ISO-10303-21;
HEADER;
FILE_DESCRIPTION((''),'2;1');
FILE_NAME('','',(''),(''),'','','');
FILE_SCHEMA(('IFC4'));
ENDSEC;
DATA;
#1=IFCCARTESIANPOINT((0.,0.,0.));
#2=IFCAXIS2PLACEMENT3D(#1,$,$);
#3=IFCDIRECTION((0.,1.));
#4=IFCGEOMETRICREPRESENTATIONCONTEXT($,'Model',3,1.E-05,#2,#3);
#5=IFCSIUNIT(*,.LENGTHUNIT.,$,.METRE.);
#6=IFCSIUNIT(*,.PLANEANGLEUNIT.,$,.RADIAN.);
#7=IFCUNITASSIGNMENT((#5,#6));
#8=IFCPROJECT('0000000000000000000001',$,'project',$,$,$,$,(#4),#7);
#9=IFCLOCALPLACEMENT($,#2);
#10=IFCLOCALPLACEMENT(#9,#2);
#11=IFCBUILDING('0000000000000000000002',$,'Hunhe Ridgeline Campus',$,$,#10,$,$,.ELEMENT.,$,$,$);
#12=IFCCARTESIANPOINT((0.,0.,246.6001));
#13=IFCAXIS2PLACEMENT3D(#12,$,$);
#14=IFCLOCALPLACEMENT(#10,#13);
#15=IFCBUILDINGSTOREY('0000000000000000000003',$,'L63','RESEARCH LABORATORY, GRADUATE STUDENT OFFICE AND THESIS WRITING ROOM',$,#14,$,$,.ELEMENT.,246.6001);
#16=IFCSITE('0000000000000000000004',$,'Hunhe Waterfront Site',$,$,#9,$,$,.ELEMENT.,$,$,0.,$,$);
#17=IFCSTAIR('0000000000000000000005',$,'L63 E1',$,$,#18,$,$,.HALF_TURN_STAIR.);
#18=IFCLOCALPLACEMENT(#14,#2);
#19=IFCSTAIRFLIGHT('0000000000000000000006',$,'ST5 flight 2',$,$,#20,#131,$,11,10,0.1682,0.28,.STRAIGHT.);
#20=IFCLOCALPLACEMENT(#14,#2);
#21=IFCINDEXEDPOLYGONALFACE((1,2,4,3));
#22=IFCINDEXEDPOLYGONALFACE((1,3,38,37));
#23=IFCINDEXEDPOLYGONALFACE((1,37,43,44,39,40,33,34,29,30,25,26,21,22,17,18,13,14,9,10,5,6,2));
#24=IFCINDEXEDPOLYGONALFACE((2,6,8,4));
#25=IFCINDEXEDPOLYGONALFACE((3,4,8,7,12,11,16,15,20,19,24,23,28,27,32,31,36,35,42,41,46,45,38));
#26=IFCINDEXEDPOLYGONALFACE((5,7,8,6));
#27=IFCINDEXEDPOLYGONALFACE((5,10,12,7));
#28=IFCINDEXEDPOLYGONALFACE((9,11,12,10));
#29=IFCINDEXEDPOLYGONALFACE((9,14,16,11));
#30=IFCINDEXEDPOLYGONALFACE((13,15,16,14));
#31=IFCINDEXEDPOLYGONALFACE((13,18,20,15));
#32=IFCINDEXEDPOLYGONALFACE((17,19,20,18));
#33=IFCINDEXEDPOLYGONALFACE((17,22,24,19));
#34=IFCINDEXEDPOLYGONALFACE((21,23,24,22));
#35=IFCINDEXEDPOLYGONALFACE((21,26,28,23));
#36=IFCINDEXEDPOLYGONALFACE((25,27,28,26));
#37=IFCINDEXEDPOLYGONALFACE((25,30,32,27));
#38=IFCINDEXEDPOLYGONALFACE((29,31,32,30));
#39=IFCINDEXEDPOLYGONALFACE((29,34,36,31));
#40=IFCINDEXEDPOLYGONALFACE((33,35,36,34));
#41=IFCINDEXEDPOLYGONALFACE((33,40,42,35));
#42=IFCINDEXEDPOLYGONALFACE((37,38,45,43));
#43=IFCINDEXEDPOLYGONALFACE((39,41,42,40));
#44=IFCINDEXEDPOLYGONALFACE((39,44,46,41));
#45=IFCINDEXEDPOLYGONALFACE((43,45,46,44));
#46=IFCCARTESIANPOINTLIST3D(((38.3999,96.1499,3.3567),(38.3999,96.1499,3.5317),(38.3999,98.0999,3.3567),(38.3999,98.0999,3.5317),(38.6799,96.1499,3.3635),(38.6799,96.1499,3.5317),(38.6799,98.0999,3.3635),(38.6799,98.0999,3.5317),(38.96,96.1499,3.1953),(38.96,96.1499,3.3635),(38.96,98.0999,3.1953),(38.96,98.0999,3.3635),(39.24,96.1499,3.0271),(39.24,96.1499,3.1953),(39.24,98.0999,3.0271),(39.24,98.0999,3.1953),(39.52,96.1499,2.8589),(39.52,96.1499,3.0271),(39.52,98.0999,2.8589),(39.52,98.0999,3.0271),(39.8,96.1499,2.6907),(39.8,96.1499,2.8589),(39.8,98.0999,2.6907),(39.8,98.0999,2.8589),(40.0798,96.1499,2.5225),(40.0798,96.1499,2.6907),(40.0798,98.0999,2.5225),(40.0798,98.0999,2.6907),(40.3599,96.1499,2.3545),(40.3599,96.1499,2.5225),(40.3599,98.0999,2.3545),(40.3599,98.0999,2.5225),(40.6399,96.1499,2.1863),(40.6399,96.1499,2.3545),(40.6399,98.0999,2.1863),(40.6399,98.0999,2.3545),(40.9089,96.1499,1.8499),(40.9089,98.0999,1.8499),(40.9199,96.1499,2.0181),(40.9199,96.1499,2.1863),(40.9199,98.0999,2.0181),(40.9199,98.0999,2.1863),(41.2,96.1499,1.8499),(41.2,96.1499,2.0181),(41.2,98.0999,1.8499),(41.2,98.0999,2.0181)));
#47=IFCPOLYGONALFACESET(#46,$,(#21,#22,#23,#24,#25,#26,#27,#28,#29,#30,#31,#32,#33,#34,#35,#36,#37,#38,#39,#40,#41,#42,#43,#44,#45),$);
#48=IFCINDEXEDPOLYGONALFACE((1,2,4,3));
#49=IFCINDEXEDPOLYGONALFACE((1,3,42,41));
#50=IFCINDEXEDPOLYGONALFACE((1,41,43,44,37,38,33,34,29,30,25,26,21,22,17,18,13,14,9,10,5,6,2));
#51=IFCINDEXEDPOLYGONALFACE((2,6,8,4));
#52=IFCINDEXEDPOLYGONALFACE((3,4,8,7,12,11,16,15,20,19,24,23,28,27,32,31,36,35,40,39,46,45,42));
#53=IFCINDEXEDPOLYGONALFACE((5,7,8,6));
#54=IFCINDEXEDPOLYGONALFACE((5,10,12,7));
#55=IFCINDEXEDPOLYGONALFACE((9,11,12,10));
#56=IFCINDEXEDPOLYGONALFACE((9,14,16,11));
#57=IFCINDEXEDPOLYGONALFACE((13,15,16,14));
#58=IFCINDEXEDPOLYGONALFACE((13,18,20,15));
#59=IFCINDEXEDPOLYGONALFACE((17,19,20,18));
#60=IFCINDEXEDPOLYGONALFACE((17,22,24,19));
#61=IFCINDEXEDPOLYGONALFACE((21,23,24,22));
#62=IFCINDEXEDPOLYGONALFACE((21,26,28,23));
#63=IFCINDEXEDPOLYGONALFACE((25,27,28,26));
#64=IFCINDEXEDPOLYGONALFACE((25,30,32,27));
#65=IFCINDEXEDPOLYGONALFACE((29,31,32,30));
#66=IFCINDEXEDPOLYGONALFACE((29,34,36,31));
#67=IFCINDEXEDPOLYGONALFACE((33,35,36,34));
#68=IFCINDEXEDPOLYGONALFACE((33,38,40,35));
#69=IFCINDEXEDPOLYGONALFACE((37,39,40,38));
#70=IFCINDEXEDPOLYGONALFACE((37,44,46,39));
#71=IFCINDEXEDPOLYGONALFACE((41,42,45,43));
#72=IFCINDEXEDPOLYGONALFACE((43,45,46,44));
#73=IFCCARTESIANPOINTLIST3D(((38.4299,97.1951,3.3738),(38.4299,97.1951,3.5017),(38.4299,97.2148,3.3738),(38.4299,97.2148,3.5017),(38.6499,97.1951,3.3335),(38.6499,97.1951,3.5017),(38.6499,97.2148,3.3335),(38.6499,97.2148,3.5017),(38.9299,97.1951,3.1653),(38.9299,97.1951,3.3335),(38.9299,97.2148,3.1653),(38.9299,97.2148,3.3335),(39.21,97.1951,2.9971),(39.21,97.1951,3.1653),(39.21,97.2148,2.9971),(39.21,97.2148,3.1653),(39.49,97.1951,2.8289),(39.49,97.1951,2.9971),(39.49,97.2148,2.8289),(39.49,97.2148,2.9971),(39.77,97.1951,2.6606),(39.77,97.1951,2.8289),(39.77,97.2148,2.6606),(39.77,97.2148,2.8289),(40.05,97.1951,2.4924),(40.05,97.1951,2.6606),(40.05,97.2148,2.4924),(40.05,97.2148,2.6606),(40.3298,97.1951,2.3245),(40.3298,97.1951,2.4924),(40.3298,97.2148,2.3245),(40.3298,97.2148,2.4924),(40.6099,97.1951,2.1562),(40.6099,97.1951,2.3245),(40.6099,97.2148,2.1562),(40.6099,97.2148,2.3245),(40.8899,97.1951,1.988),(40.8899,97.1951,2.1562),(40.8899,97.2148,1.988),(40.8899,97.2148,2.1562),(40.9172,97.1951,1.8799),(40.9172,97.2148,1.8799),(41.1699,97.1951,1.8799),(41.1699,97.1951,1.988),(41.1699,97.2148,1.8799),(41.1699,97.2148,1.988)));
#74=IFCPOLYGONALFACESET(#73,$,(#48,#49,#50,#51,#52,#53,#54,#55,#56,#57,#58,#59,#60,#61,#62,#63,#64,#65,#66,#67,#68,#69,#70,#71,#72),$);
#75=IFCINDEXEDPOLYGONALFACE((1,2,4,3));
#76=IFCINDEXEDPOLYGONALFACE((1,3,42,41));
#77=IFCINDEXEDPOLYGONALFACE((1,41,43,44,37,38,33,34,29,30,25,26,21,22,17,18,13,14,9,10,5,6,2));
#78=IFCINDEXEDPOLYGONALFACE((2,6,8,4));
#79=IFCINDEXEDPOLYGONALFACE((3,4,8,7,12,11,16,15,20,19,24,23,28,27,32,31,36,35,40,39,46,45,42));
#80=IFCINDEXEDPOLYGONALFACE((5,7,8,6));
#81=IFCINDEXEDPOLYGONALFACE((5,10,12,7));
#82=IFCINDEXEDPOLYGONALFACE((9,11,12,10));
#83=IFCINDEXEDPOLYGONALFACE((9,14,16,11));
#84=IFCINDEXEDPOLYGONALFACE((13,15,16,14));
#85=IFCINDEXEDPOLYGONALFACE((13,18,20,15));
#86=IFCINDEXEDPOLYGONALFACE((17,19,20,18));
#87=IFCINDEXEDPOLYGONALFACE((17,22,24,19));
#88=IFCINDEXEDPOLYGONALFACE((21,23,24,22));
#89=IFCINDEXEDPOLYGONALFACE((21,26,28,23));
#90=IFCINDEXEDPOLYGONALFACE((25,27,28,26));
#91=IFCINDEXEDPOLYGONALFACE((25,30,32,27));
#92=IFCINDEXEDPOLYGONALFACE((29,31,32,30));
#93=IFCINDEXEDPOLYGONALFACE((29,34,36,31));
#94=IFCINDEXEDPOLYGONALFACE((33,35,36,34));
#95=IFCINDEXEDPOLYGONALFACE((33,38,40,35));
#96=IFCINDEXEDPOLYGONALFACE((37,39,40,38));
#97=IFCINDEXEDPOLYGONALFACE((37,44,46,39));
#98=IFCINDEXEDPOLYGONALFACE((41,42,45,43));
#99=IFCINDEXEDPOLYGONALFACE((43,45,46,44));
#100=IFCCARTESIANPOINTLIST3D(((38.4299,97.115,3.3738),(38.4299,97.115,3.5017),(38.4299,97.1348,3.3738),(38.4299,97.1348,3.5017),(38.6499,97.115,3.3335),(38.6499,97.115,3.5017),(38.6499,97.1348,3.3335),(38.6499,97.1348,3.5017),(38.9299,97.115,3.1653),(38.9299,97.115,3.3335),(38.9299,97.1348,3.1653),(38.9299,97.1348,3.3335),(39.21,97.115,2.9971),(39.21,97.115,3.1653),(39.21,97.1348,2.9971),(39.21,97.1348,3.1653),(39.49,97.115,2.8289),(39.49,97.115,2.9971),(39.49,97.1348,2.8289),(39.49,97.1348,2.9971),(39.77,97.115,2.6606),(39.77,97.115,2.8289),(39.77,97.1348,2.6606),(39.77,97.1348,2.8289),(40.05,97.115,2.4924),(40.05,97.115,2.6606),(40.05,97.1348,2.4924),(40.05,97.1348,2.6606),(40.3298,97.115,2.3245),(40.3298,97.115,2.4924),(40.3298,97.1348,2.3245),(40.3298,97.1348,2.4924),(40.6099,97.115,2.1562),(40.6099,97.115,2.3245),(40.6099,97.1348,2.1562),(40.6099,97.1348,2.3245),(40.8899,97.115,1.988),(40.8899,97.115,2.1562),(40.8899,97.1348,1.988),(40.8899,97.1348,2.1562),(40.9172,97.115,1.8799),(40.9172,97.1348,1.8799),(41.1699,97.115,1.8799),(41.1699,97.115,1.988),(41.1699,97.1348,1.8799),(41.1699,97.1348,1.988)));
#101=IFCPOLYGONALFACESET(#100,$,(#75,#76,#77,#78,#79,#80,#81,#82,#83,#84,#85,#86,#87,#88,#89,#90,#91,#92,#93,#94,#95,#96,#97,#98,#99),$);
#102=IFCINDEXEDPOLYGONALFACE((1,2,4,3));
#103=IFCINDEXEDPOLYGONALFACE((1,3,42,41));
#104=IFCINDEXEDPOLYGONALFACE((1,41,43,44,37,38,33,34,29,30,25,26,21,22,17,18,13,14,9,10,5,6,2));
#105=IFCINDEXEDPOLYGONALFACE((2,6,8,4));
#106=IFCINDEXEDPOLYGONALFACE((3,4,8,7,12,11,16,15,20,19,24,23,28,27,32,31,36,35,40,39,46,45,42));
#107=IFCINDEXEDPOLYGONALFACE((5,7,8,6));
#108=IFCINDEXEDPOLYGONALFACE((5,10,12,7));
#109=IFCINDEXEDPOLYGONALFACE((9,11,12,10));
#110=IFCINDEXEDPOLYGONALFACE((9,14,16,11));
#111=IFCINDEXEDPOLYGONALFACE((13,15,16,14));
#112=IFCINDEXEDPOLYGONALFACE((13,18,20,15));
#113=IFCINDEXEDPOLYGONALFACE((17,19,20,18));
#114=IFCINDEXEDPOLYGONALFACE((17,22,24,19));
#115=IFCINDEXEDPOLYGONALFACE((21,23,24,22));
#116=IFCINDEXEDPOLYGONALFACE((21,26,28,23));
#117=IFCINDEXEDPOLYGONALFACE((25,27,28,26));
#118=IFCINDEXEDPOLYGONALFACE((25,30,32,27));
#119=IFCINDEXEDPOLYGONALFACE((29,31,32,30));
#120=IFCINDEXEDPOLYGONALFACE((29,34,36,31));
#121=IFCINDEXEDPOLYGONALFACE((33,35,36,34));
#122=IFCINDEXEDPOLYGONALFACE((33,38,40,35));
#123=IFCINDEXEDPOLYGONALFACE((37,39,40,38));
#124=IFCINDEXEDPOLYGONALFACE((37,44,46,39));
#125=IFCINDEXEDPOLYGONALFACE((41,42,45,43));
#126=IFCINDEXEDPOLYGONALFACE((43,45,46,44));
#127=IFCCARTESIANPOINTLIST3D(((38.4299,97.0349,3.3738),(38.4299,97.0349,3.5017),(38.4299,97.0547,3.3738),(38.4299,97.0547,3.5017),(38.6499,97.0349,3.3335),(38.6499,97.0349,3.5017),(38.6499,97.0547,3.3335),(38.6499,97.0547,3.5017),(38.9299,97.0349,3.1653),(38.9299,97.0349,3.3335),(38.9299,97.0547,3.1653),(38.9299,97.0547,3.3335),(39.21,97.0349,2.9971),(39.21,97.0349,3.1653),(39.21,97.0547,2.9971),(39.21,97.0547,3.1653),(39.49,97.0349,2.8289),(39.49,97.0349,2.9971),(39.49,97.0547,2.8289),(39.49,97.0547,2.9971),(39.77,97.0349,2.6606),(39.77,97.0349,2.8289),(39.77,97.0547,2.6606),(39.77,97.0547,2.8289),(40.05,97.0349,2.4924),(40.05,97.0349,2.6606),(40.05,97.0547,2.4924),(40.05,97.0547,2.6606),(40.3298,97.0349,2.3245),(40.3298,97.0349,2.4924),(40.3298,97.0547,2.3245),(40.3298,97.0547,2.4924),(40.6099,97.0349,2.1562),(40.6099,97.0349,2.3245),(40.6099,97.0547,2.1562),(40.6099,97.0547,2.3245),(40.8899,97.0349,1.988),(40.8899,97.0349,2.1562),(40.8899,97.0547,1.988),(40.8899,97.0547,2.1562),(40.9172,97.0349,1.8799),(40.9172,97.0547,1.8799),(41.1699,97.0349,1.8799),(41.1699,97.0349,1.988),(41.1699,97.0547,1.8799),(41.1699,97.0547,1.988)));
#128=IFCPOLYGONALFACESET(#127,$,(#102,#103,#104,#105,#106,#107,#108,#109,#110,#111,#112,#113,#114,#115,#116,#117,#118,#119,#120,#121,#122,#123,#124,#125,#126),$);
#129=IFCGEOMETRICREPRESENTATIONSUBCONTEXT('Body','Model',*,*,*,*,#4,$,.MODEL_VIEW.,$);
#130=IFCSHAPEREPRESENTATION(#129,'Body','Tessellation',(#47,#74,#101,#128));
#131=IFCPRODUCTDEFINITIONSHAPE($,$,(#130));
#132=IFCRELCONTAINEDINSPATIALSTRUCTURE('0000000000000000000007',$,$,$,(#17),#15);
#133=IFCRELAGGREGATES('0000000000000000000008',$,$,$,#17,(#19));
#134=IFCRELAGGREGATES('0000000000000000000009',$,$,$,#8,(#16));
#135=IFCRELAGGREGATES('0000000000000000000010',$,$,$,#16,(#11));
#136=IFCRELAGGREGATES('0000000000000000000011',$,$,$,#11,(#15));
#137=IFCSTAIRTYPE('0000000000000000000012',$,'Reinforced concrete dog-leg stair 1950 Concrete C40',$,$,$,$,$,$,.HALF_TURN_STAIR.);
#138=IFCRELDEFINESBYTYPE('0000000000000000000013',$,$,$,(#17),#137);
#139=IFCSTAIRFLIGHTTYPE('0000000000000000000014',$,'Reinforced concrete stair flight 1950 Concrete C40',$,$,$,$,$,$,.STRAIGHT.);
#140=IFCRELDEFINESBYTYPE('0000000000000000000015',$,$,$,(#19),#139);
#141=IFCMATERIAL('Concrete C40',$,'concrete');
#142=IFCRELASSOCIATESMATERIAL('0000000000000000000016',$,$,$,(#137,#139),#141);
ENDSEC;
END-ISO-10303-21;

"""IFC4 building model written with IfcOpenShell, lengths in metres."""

from ifc_helpers import new_model, si_unit, direction, frame, origin, place, context, subcontext, project, spatial, polyline, outline, extrude, material, type_object, element, aggregate, save


model = new_model("IFC4")

# Units and contexts
model_context = context("Model", 3, precision=1e-05, world=origin(), true_north=direction((0.0, 1.0)))
body_context = subcontext(model_context, "Body", "Model", "MODEL_VIEW")
ifc_project = project(units=[si_unit("LENGTHUNIT", "METRE"), si_unit("PLANEANGLEUNIT", "RADIAN")], contexts=[model_context])

# Site, building, storey
site_placement = place(None, origin())
site = spatial("IfcSite", under=ifc_project, at=site_placement, Name="Hunhe Waterfront Site", CompositionType="ELEMENT", RefElevation=0.0)
building_placement = place(site_placement, origin())
building = spatial("IfcBuilding", under=site, at=building_placement, Name="Hunhe Ridgeline Campus", CompositionType="ELEMENT")
storey_placement = place(building_placement, frame((0.0, 0.0, 246.6001)))
storey = spatial("IfcBuildingStorey", under=building, at=storey_placement, Name="L63", Description="RESEARCH LABORATORY, GRADUATE STUDENT OFFICE AND THESIS WRITING ROOM", CompositionType="ELEMENT", Elevation=246.6001)

# Stair, stair flight
ifc_material_1 = material(Name="Concrete C40", Category="concrete")
stair_type = type_object("IfcStairType", Name="Reinforced concrete dog-leg stair 1950 Concrete C40", PredefinedType="HALF_TURN_STAIR", material=ifc_material_1)
stair_placement = place(storey_placement, origin())
stair = element("IfcStair", 1, at=stair_placement, inside=storey, type_object=stair_type, Name="L63 E1", PredefinedType="HALF_TURN_STAIR")
stair_flight_type = type_object("IfcStairFlightType", Name="Reinforced concrete stair flight 1950 Concrete C40", PredefinedType="STRAIGHT", material=ifc_material_1)
stair_flight_1_placement = place(storey_placement, frame((41.2, 97.125, 1.8499), z_axis=(0.0, 0.0, 1.0), x_axis=(-1.0, 0.0, 0.0)))
stair_flight_1 = element("IfcStairFlight", 2, at=stair_flight_1_placement, type_object=stair_flight_type, Name="ST5 flight 2", NumberOfRisers=11, NumberOfTreads=10, PredefinedType="STRAIGHT", RiserHeight=0.1682, TreadLength=0.28, context=body_context, shape_type="SweptSolid", body=[
    extrude(outline(polyline([(0.0, 0.0), (0.0, 0.1682), (0.28, 0.1682), (0.28, 0.3364), (0.5601, 0.3364), (0.5601, 0.5046), (0.8401, 0.5046), (0.8401, 0.6726), (1.1201, 0.6726), (1.1201, 0.8408), (1.3999, 0.8408), (1.3999, 1.009), (1.6799, 1.009), (1.6799, 1.1772), (1.96, 1.1772), (1.96, 1.3455), (2.24, 1.3455), (2.24, 1.5137), (2.52, 1.5137), (2.52, 1.6819), (2.8, 1.6819), (2.8, 1.8501), (2.8, 1.5068), (0.291, 0.0), (0.0, 0.0)])), frame((0.0, 0.9751, 0.0), z_axis=(0.0, -1.0, 0.0), x_axis=(1.0, 0.0, 0.0)), (0.0, 0.0, 1.0), 1.95),
    extrude(outline(polyline([(0.03, 0.03), (0.03, 0.1382), (0.3101, 0.1382), (0.3101, 0.3064), (0.5901, 0.3064), (0.5901, 0.4746), (0.8701, 0.4746), (0.8701, 0.6426), (1.1499, 0.6426), (1.1499, 0.8108), (1.4299, 0.8108), (1.4299, 0.979), (1.71, 0.979), (1.71, 1.1472), (1.99, 1.1472), (1.99, 1.3154), (2.27, 1.3154), (2.27, 1.4836), (2.55, 1.4836), (2.55, 1.6519), (2.77, 1.6519), (2.77, 1.5239), (0.2827, 0.03), (0.03, 0.03)])), frame((0.0, -0.0701, 0.0), z_axis=(0.0, -1.0, 0.0), x_axis=(1.0, 0.0, 0.0)), (0.0, 0.0, 1.0), 0.0198),
    extrude(outline(polyline([(0.03, 0.03), (0.03, 0.1382), (0.3101, 0.1382), (0.3101, 0.3064), (0.5901, 0.3064), (0.5901, 0.4746), (0.8701, 0.4746), (0.8701, 0.6426), (1.1499, 0.6426), (1.1499, 0.8108), (1.4299, 0.8108), (1.4299, 0.979), (1.71, 0.979), (1.71, 1.1472), (1.99, 1.1472), (1.99, 1.3154), (2.27, 1.3154), (2.27, 1.4836), (2.55, 1.4836), (2.55, 1.6519), (2.77, 1.6519), (2.77, 1.5239), (0.2827, 0.03), (0.03, 0.03)])), frame((0.0, 0.01, 0.0), z_axis=(0.0, -1.0, 0.0), x_axis=(1.0, 0.0, 0.0)), (0.0, 0.0, 1.0), 0.0198),
    extrude(outline(polyline([(0.03, 0.03), (0.03, 0.1382), (0.3101, 0.1382), (0.3101, 0.3064), (0.5901, 0.3064), (0.5901, 0.4746), (0.8701, 0.4746), (0.8701, 0.6426), (1.1499, 0.6426), (1.1499, 0.8108), (1.4299, 0.8108), (1.4299, 0.979), (1.71, 0.979), (1.71, 1.1472), (1.99, 1.1472), (1.99, 1.3154), (2.27, 1.3154), (2.27, 1.4836), (2.55, 1.4836), (2.55, 1.6519), (2.77, 1.6519), (2.77, 1.5239), (0.2827, 0.03), (0.03, 0.03)])), frame((0.0, 0.0901, 0.0), z_axis=(0.0, -1.0, 0.0), x_axis=(1.0, 0.0, 0.0)), (0.0, 0.0, 1.0), 0.0198),
])
aggregate(stair, [stair_flight_1])

save(model, "model.ifc")
